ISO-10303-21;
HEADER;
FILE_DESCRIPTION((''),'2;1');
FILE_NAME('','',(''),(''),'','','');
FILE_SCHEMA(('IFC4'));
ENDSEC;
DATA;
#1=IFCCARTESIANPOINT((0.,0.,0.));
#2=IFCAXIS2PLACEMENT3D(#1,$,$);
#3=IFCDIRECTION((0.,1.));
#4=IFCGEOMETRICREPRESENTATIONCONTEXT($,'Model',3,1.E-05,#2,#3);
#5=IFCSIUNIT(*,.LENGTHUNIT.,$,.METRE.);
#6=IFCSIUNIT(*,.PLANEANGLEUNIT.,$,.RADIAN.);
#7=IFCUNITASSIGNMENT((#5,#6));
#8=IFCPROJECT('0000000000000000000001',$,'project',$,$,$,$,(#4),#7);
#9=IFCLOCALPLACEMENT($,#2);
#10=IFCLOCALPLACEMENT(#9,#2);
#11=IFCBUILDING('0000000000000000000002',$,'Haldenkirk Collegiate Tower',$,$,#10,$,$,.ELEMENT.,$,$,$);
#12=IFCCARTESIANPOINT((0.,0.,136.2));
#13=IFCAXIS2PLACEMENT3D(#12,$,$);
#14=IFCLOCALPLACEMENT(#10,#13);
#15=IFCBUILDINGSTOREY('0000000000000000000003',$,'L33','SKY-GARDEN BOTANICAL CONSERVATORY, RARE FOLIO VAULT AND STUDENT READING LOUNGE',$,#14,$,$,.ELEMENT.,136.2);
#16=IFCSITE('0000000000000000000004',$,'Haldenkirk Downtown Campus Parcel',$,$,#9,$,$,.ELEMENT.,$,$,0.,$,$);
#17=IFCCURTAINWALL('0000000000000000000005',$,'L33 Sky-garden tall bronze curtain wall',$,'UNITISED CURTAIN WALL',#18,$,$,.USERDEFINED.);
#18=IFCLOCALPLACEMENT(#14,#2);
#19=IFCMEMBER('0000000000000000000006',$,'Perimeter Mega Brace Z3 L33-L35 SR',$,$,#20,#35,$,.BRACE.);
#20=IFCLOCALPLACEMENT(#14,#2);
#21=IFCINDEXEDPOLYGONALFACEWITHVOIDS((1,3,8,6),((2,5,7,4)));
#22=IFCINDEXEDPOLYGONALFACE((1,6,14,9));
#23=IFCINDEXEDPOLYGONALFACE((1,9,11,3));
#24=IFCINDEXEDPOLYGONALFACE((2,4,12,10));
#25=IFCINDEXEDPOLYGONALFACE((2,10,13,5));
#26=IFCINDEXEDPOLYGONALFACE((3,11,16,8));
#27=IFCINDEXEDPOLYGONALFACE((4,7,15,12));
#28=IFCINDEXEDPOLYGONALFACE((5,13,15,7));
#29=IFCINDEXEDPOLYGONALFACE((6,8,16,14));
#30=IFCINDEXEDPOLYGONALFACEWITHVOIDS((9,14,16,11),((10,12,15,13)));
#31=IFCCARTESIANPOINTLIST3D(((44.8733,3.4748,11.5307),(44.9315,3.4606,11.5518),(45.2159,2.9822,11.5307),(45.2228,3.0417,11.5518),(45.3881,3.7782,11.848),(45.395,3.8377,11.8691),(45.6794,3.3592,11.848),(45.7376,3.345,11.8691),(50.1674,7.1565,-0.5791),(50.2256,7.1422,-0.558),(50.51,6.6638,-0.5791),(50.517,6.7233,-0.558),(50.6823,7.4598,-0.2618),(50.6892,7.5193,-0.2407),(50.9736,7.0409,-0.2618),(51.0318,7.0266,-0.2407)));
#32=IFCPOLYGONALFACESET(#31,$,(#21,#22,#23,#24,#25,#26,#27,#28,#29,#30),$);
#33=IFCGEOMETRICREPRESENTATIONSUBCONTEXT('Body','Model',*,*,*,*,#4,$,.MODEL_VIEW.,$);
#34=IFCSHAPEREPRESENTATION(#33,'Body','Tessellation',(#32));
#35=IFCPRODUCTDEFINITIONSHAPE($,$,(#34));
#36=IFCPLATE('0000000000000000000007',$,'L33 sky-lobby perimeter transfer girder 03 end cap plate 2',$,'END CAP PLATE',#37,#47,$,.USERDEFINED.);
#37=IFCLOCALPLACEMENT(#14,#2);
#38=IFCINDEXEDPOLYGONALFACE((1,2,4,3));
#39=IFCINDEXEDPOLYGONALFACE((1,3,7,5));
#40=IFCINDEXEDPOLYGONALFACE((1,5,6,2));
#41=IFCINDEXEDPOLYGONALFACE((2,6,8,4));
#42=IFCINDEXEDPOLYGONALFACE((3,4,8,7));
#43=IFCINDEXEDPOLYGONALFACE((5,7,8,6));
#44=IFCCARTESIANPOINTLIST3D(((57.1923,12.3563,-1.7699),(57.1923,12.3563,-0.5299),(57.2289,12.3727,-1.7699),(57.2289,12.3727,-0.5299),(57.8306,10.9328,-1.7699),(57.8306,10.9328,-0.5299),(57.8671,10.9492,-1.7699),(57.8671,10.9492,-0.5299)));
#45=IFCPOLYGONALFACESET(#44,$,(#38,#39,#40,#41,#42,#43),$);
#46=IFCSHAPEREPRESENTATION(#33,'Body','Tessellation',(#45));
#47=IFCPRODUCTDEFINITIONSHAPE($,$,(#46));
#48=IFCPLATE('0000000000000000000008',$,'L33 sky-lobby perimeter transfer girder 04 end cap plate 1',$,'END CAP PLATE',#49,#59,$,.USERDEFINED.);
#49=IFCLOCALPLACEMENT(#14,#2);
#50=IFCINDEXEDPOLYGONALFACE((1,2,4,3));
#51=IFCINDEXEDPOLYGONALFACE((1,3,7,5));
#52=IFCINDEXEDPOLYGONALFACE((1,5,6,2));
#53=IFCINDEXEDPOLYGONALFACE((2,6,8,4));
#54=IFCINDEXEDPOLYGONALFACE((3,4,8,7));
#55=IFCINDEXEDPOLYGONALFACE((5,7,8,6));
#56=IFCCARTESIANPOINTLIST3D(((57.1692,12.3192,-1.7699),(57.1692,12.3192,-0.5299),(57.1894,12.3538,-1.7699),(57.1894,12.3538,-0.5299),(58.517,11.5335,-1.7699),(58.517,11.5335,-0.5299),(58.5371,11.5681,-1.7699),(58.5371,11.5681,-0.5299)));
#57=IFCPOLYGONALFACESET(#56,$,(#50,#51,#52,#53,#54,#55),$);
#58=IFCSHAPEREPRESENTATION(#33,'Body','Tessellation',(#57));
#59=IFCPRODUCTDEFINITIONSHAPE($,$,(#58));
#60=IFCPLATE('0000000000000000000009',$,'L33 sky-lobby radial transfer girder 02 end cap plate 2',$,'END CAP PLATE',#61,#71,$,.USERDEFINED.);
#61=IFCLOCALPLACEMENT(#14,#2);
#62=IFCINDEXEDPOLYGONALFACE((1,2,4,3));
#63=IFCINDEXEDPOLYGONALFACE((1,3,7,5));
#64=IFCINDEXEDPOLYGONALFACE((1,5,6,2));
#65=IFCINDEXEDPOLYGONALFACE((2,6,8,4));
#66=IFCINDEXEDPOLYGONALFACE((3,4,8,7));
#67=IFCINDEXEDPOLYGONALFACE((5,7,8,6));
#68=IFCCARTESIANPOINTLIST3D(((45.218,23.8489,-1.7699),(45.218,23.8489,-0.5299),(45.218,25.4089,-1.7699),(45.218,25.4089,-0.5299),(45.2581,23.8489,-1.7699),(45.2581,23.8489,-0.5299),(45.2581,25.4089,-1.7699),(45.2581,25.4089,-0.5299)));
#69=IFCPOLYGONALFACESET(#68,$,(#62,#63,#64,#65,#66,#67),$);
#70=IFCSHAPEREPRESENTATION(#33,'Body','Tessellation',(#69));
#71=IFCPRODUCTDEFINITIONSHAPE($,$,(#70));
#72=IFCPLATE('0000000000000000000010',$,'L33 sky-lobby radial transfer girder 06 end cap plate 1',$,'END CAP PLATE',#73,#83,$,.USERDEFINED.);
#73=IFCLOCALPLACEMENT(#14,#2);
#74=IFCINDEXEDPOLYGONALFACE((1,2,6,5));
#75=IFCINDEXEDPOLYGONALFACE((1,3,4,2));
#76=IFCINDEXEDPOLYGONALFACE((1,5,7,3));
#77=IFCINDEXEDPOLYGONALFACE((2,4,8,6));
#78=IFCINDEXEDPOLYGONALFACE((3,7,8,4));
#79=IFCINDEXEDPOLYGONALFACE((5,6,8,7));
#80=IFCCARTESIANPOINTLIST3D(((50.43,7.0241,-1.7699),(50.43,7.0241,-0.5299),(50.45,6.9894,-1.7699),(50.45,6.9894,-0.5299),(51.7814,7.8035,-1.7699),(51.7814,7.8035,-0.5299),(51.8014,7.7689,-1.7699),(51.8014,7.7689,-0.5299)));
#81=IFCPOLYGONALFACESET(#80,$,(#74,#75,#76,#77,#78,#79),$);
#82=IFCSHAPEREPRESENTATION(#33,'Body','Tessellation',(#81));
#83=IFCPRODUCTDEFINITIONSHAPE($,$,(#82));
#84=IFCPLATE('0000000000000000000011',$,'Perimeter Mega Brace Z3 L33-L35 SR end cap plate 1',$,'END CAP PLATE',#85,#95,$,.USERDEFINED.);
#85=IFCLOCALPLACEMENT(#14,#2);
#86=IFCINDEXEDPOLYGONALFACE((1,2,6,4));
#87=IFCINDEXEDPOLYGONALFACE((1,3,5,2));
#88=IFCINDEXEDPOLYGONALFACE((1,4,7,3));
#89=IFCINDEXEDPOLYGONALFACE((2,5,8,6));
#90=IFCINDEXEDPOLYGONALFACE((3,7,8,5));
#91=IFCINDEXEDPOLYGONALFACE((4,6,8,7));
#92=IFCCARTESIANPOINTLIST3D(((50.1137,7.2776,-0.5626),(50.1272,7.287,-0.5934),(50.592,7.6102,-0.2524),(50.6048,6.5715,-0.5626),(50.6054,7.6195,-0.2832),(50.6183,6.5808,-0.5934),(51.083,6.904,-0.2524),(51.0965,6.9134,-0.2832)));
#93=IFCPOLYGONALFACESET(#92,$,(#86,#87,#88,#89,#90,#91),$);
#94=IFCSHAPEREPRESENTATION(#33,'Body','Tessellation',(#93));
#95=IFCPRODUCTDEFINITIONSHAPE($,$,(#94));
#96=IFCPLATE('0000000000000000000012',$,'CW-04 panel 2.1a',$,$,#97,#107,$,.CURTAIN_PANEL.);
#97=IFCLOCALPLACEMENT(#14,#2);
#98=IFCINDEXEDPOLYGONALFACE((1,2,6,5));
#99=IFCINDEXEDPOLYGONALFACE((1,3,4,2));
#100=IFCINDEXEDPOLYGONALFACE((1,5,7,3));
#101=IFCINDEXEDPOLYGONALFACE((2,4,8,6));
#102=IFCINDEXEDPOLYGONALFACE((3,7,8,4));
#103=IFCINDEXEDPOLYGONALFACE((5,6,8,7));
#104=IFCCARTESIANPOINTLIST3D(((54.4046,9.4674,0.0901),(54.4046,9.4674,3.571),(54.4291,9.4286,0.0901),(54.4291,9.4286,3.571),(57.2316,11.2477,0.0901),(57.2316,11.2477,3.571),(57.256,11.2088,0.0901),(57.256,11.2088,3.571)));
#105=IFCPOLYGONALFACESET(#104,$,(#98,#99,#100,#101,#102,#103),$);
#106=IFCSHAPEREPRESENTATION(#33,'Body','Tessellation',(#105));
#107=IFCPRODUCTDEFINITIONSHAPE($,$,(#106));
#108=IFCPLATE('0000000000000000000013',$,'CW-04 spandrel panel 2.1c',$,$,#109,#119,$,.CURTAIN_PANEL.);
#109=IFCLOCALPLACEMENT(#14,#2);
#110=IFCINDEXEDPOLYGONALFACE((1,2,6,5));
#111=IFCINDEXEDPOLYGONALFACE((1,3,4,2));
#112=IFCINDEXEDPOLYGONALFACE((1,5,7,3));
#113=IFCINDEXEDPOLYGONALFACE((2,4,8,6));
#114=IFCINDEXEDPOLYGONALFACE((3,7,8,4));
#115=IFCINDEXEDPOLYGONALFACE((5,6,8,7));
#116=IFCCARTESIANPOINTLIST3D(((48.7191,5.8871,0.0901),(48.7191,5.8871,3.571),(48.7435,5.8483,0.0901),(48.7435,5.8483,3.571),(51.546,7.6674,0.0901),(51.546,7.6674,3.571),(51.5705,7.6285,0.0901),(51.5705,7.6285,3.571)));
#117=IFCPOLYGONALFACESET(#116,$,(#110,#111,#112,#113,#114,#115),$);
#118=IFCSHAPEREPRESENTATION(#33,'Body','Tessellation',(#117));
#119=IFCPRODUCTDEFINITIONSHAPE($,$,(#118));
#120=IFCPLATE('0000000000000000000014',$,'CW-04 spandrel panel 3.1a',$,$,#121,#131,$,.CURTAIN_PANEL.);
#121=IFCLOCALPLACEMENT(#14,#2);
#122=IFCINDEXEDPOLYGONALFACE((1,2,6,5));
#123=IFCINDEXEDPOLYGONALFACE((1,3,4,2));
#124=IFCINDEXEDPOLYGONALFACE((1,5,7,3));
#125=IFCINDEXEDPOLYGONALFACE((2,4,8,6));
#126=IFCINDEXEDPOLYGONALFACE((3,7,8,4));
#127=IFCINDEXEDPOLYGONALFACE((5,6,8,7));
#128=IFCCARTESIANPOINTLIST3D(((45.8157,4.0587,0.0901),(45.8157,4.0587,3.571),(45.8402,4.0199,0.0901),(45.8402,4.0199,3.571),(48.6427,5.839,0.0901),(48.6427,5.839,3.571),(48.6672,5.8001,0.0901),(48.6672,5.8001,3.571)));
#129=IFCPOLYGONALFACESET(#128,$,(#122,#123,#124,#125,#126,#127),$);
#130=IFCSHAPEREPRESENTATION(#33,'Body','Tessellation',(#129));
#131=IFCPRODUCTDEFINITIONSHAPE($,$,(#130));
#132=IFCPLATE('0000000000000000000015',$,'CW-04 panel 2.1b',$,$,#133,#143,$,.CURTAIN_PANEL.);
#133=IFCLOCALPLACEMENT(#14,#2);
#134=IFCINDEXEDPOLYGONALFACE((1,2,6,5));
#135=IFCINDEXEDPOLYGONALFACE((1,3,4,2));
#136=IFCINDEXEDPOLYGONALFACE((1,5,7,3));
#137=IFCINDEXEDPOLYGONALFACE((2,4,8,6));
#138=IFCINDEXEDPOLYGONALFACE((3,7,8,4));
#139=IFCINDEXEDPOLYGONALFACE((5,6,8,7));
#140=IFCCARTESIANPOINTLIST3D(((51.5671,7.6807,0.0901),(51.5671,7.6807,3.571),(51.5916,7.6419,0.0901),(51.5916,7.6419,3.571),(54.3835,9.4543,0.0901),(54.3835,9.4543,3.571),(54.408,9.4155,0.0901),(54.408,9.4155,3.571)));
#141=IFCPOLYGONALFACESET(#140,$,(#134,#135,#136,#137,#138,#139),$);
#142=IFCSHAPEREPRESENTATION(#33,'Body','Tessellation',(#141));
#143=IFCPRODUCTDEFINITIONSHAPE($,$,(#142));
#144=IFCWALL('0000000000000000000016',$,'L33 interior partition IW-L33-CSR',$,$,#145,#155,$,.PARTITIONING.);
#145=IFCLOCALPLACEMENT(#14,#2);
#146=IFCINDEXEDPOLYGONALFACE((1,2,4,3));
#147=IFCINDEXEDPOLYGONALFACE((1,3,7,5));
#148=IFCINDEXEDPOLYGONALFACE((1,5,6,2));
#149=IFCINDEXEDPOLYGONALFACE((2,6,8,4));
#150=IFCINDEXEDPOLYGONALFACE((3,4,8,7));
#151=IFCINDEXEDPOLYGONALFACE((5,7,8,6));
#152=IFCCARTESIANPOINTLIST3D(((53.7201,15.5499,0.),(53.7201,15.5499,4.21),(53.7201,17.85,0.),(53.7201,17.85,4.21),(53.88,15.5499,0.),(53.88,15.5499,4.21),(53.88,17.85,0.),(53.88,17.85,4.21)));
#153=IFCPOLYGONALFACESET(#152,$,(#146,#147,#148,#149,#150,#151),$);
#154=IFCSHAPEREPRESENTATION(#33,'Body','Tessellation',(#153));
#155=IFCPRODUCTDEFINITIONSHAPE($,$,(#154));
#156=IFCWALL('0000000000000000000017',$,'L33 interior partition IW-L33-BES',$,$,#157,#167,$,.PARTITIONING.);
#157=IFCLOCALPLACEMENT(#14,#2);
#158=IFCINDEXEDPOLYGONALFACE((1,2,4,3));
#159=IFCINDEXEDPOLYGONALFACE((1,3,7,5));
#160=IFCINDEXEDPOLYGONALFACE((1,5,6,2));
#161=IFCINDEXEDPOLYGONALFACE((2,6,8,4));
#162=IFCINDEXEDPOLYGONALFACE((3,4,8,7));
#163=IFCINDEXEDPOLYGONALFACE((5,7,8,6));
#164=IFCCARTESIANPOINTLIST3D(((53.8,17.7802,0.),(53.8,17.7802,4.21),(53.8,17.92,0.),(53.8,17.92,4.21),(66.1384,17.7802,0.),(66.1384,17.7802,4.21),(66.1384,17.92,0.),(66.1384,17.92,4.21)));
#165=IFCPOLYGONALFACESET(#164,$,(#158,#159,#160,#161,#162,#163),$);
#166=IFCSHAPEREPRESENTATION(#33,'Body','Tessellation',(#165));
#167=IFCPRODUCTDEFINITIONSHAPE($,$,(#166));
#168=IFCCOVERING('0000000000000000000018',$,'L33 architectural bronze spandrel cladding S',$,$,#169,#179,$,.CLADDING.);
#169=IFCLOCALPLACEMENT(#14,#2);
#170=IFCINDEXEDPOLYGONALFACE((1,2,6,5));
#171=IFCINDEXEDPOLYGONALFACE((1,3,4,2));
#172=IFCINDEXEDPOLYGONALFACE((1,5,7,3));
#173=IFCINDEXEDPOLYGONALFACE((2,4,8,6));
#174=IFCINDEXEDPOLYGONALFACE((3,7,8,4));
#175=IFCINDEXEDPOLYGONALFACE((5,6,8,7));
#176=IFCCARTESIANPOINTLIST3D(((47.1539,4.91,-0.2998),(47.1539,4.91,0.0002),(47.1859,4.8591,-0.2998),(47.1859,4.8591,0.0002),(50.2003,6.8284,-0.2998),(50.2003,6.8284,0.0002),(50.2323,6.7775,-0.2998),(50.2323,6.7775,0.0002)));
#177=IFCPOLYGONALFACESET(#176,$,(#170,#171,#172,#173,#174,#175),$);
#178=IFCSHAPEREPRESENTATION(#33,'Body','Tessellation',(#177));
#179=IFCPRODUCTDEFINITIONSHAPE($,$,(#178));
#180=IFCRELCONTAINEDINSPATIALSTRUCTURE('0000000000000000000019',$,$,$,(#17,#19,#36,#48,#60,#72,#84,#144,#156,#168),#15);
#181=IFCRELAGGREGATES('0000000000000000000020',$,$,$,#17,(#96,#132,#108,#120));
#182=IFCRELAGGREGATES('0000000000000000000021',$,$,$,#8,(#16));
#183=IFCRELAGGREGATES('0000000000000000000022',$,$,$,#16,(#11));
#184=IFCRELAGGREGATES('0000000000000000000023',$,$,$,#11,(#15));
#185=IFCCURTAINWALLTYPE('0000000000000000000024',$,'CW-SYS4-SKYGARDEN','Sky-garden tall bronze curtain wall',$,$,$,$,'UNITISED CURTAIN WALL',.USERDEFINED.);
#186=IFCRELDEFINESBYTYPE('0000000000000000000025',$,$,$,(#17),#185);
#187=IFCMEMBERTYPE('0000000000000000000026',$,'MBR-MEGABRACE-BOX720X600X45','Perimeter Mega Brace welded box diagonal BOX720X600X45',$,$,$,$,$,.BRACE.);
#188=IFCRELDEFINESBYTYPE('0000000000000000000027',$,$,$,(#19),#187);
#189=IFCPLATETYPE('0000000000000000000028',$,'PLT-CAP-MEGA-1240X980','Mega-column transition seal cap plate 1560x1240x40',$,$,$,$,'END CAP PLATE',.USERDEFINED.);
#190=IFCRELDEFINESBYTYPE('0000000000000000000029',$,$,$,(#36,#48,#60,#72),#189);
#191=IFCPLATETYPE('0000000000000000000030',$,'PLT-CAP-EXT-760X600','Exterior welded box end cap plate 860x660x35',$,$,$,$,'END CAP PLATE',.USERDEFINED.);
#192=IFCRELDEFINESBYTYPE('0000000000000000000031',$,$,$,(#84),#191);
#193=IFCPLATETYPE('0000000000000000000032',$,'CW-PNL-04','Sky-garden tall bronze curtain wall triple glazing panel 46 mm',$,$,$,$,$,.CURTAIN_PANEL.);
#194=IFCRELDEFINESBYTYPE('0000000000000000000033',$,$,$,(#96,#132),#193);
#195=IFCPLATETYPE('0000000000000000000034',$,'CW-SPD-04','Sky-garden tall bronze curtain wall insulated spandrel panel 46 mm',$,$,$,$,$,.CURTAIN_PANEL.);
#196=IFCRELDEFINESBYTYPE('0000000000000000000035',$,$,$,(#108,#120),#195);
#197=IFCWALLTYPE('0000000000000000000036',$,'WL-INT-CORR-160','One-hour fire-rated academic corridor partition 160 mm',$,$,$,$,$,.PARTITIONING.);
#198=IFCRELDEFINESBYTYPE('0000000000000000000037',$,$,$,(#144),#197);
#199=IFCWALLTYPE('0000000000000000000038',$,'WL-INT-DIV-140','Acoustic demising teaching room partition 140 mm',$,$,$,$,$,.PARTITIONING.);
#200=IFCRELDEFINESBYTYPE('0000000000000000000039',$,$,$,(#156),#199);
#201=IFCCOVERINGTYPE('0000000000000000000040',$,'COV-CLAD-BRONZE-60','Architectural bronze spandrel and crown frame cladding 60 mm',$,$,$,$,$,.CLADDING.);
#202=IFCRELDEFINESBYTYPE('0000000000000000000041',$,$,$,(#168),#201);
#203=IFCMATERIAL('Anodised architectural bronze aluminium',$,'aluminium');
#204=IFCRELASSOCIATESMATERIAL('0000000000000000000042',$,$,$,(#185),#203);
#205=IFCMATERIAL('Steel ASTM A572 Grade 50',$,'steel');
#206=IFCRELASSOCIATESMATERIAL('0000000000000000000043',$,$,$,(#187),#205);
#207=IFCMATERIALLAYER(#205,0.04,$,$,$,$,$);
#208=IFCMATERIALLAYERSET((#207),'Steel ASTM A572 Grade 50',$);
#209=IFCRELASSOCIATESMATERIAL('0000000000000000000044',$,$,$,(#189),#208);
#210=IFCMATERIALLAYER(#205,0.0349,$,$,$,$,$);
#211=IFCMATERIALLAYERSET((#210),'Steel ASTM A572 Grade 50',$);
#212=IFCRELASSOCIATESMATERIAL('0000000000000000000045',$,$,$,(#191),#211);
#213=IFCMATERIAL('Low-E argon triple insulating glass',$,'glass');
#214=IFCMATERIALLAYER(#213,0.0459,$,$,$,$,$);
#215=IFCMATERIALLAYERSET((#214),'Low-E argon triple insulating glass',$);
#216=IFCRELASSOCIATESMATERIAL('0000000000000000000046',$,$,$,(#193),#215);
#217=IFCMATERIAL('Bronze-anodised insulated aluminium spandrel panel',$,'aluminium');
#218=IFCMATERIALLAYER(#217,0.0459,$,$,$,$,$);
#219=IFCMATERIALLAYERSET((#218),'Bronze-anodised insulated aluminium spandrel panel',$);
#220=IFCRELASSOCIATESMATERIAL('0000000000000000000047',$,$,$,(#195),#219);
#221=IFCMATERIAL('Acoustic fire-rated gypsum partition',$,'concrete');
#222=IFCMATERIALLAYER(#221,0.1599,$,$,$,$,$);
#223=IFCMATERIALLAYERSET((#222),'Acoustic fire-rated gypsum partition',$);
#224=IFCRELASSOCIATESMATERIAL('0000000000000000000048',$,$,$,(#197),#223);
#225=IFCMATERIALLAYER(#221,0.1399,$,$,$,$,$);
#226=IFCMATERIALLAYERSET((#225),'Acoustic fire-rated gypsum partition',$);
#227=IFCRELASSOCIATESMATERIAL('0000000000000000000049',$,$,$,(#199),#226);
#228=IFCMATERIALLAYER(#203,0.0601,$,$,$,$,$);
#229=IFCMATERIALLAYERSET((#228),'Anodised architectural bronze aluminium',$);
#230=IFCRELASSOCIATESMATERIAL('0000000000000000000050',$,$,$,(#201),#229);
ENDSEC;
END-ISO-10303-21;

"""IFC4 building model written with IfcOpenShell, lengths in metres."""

from ifc_helpers import new_model, si_unit, direction, frame, frame_2d, origin, origin_2d, place, context, subcontext, project, spatial, rectangle, hollow_rectangle, extrude, source, transform, mapped, material, layer, layer_set, material_profile, profile_set, type_object, element, aggregate, save


model = new_model("IFC4")

# Units and contexts
model_context = context("Model", 3, precision=1e-05, world=origin(), true_north=direction((0.0, 1.0)))
body_context = subcontext(model_context, "Body", "Model", "MODEL_VIEW")
ifc_project = project(units=[si_unit("LENGTHUNIT", "METRE"), si_unit("PLANEANGLEUNIT", "RADIAN")], contexts=[model_context])

# Site, building, storey
site_placement = place(None, origin())
site = spatial("IfcSite", under=ifc_project, at=site_placement, Name="Haldenkirk Downtown Campus Parcel", CompositionType="ELEMENT", RefElevation=0.0)
building_placement = place(site_placement, origin())
building = spatial("IfcBuilding", under=site, at=building_placement, Name="Haldenkirk Collegiate Tower", CompositionType="ELEMENT")
storey_placement = place(building_placement, frame((0.0, 0.0, 136.2)))
storey = spatial("IfcBuildingStorey", under=building, at=storey_placement, Name="L33", Description="SKY-GARDEN BOTANICAL CONSERVATORY, RARE FOLIO VAULT AND STUDENT READING LOUNGE", CompositionType="ELEMENT", Elevation=136.2)

# Shared definitions
ifc_material_1 = material(Name="Steel ASTM A572 Grade 50", Category="steel")

# Curtain wall
ifc_material_2 = material(Name="Anodised architectural bronze aluminium", Category="aluminium")
curtain_wall_type = type_object("IfcCurtainWallType", Name="CW-SYS4-SKYGARDEN", Description="Sky-garden tall bronze curtain wall", ElementType="UNITISED CURTAIN WALL", PredefinedType="USERDEFINED", material=ifc_material_2)
curtain_wall_placement = place(storey_placement, origin())
curtain_wall = element("IfcCurtainWall", 1, at=curtain_wall_placement, inside=storey, type_object=curtain_wall_type, Name="L33 Sky-garden tall bronze curtain wall", ObjectType="UNITISED CURTAIN WALL", PredefinedType="USERDEFINED")

# Member
ifc_material_profile_1 = material_profile(ifc_material_1, hollow_rectangle(XDim=0.6001, YDim=0.72, WallThickness=0.0449, at=origin_2d()), Name="BOX720X600X45")
ifc_profile_set_1 = profile_set([ifc_material_profile_1], Name="Steel ASTM A572 Grade 50")
member_type_1 = type_object("IfcMemberType", Name="MBR-MEGABRACE-BOX720X600X45", Description="Perimeter Mega Brace welded box diagonal BOX720X600X45", PredefinedType="BRACE", material=ifc_profile_set_1)
member_1_placement = place(storey_placement, frame((50.5996, 7.0916, -0.4099), z_axis=(-0.385881, -0.268346, 0.882659), x_axis=(0.570931, -0.820998, 0.0)))
element("IfcMember", 2, at=member_1_placement, inside=storey, type_object=member_type_1, Name="Perimeter Mega Brace Z3 L33-L35 SR", PredefinedType="BRACE", context=body_context, shape_type="SweptSolid", body=[
    extrude(hollow_rectangle(XDim=0.6001, YDim=0.72, WallThickness=0.0449, at=origin_2d()), origin(), (0.0, 0.0, 1.0), 13.7197),
])

# Plates
ifc_layer_1 = layer(ifc_material_1, 0.04)
ifc_layer_set_1 = layer_set([ifc_layer_1], Name="Steel ASTM A572 Grade 50")
plate_type_1 = type_object("IfcPlateType", Name="PLT-CAP-MEGA-1240X980", Description="Mega-column transition seal cap plate 1560x1240x40", ElementType="END CAP PLATE", PredefinedType="USERDEFINED", material=ifc_layer_set_1)
shared_shape_1 = source(origin(), body_context, "Body", "SweptSolid", [
    extrude(rectangle(XDim=1.5601, YDim=1.24, at=origin_2d()), origin(), (0.0, 0.0, 1.0), 0.04),
])
for number, where, z_axis, x_axis, name in (
    (3, (57.5115, 11.6445, -1.1499), (0.912473, 0.409137, 0.0), (-0.409137, 0.912473, 0.0), "L33 sky-lobby perimeter transfer girder 03 end cap plate 2"),
    (4, (57.8633, 11.9609, -1.1499), (-0.503663, -0.8639, 0.0), (0.8639, -0.503663, 0.0), "L33 sky-lobby perimeter transfer girder 04 end cap plate 1"),
    (5, (45.2581, 24.6289, -1.1499), (-1.0, 0.0, 0.0), (0.0, -1.0, 0.0), "L33 sky-lobby radial transfer girder 02 end cap plate 2"),
    (6, (51.1057, 7.4138, -1.1499), (0.499627, -0.866241, 0.0), (0.866241, 0.499627, 0.0), "L33 sky-lobby radial transfer girder 06 end cap plate 1"),
):
    element("IfcPlate", number, at=place(storey_placement, frame(where, z_axis=z_axis, x_axis=x_axis)), inside=storey, type_object=plate_type_1, Name=name, ObjectType="END CAP PLATE", PredefinedType="USERDEFINED", context=body_context, shape_type="MappedRepresentation", body=[
        mapped(shared_shape_1, transform((0.0, 0.0, 0.0), x_axis=(1.0, 0.0, 0.0), y_axis=(0.0, 1.0, 0.0), z_axis=(0.0, 0.0, 1.0), scale=1.0)),
    ])
ifc_layer_2 = layer(ifc_material_1, 0.0349)
ifc_layer_set_2 = layer_set([ifc_layer_2], Name="Steel ASTM A572 Grade 50")
plate_type_2 = type_object("IfcPlateType", Name="PLT-CAP-EXT-760X600", Description="Exterior welded box end cap plate 860x660x35", ElementType="END CAP PLATE", PredefinedType="USERDEFINED", material=ifc_layer_set_2)
shared_shape_2 = source(origin(), body_context, "Body", "SweptSolid", [
    extrude(rectangle(XDim=0.8601, YDim=0.6599, at=origin_2d()), origin(), (0.0, 0.0, 1.0), 0.0349),
])
plate_1_placement = place(storey_placement, frame((50.5984, 7.0908, -0.4075), z_axis=(0.385878, 0.268347, -0.88266), x_axis=(-0.570937, 0.820994, -0.000001)))
element("IfcPlate", 7, at=plate_1_placement, inside=storey, type_object=plate_type_2, Name="Perimeter Mega Brace Z3 L33-L35 SR end cap plate 1", ObjectType="END CAP PLATE", PredefinedType="USERDEFINED", context=body_context, shape_type="MappedRepresentation", body=[
    mapped(shared_shape_2, transform((0.0, 0.0, 0.0), x_axis=(1.0, 0.0, 0.0), y_axis=(0.0, 1.0, 0.0), z_axis=(0.0, 0.0, 1.0), scale=1.0)),
])

# Plates
ifc_material_3 = material(Name="Low-E argon triple insulating glass", Category="glass")
ifc_layer_3 = layer(ifc_material_3, 0.0459)
ifc_layer_set_3 = layer_set([ifc_layer_3], Name="Low-E argon triple insulating glass")
plate_type_3 = type_object("IfcPlateType", Name="CW-PNL-04", Description="Sky-garden tall bronze curtain wall triple glazing panel 46 mm", PredefinedType="CURTAIN_PANEL", material=ifc_layer_set_3)
shared_shape_3 = source(origin(), body_context, "Body", "SweptSolid", [
    extrude(rectangle(XDim=3.3408, YDim=0.0459, at=origin_2d()), origin(), (0.0, 0.0, 1.0), 3.481),
])
plate_2_placement = place(storey_placement, frame((55.8303, 10.3381, 0.0901), z_axis=(0.0, 0.0, 1.0), x_axis=(-0.846194, -0.532875, 0.0)))
plate_2 = element("IfcPlate", 8, at=plate_2_placement, type_object=plate_type_3, Name="CW-04 panel 2.1a", PredefinedType="CURTAIN_PANEL", context=body_context, shape_type="MappedRepresentation", body=[
    mapped(shared_shape_3, transform((0.0, 0.0, 0.0), x_axis=(1.0, 0.0, 0.0), y_axis=(0.0, 1.0, 0.0), z_axis=(0.0, 0.0, 1.0), scale=1.0)),
])
ifc_material_4 = material(Name="Bronze-anodised insulated aluminium spandrel panel", Category="aluminium")
ifc_layer_4 = layer(ifc_material_4, 0.0459)
ifc_layer_set_4 = layer_set([ifc_layer_4], Name="Bronze-anodised insulated aluminium spandrel panel")
plate_type_4 = type_object("IfcPlateType", Name="CW-SPD-04", Description="Sky-garden tall bronze curtain wall insulated spandrel panel 46 mm", PredefinedType="CURTAIN_PANEL", material=ifc_layer_set_4)
plate_3_placement = place(storey_placement, frame((50.1448, 6.7578, 0.0901), z_axis=(0.0, 0.0, 1.0), x_axis=(-0.846194, -0.532875, 0.0)))
plate_3 = element("IfcPlate", 9, at=plate_3_placement, type_object=plate_type_4, Name="CW-04 spandrel panel 2.1c", PredefinedType="CURTAIN_PANEL", context=body_context, shape_type="MappedRepresentation", body=[
    mapped(shared_shape_3, transform((0.0, 0.0, 0.0), x_axis=(1.0, 0.0, 0.0), y_axis=(0.0, 1.0, 0.0), z_axis=(0.0, 0.0, 1.0), scale=1.0)),
])
plate_4_placement = place(storey_placement, frame((47.2415, 4.9294, 0.0901), z_axis=(0.0, 0.0, 1.0), x_axis=(-0.846194, -0.532875, 0.0)))
plate_4 = element("IfcPlate", 10, at=plate_4_placement, type_object=plate_type_4, Name="CW-04 spandrel panel 3.1a", PredefinedType="CURTAIN_PANEL", context=body_context, shape_type="MappedRepresentation", body=[
    mapped(shared_shape_3, transform((0.0, 0.0, 0.0), x_axis=(1.0, 0.0, 0.0), y_axis=(0.0, 1.0, 0.0), z_axis=(0.0, 0.0, 1.0), scale=1.0)),
])
shared_shape_4 = source(origin(), body_context, "Body", "SweptSolid", [
    extrude(rectangle(XDim=3.3284, YDim=0.0459, at=origin_2d()), origin(), (0.0, 0.0, 1.0), 3.481),
])
plate_5_placement = place(storey_placement, frame((52.9875, 8.5481, 0.0901), z_axis=(0.0, 0.0, 1.0), x_axis=(-0.846194, -0.532875, 0.0)))
plate_5 = element("IfcPlate", 11, at=plate_5_placement, type_object=plate_type_3, Name="CW-04 panel 2.1b", PredefinedType="CURTAIN_PANEL", context=body_context, shape_type="MappedRepresentation", body=[
    mapped(shared_shape_4, transform((0.0, 0.0, 0.0), x_axis=(1.0, 0.0, 0.0), y_axis=(0.0, 1.0, 0.0), z_axis=(0.0, 0.0, 1.0), scale=1.0)),
])
aggregate(curtain_wall, [plate_2, plate_5, plate_3, plate_4])

# Walls
ifc_material_5 = material(Name="Acoustic fire-rated gypsum partition", Category="concrete")
ifc_layer_5 = layer(ifc_material_5, 0.1599)
ifc_layer_set_5 = layer_set([ifc_layer_5], Name="Acoustic fire-rated gypsum partition")
wall_type_1 = type_object("IfcWallType", Name="WL-INT-CORR-160", Description="One-hour fire-rated academic corridor partition 160 mm", PredefinedType="PARTITIONING", material=ifc_layer_set_5)
wall_1_placement = place(storey_placement, frame((53.8, 15.55, 0.0), z_axis=(0.0, 0.0, 1.0), x_axis=(0.0, 1.0, 0.0)))
element("IfcWall", 12, at=wall_1_placement, inside=storey, type_object=wall_type_1, Name="L33 interior partition IW-L33-CSR", PredefinedType="PARTITIONING", context=body_context, shape_type="SweptSolid", body=[
    extrude(rectangle(XDim=2.3, YDim=0.1599, at=frame_2d((1.1499, 0.0))), origin(), (0.0, 0.0, 1.0), 4.21),
])
ifc_layer_6 = layer(ifc_material_5, 0.1399)
ifc_layer_set_6 = layer_set([ifc_layer_6], Name="Acoustic fire-rated gypsum partition")
wall_type_2 = type_object("IfcWallType", Name="WL-INT-DIV-140", Description="Acoustic demising teaching room partition 140 mm", PredefinedType="PARTITIONING", material=ifc_layer_set_6)
wall_2_placement = place(storey_placement, frame((53.8, 17.8501, 0.0), z_axis=(0.0, 0.0, 1.0), x_axis=(1.0, 0.0, 0.0)))
element("IfcWall", 13, at=wall_2_placement, inside=storey, type_object=wall_type_2, Name="L33 interior partition IW-L33-BES", PredefinedType="PARTITIONING", context=body_context, shape_type="SweptSolid", body=[
    extrude(rectangle(XDim=12.3384, YDim=0.1399, at=frame_2d((6.1692, 0.0))), origin(), (0.0, 0.0, 1.0), 4.21),
])

# Covering
ifc_layer_7 = layer(ifc_material_2, 0.0601)
ifc_layer_set_7 = layer_set([ifc_layer_7], Name="Anodised architectural bronze aluminium")
covering_type = type_object("IfcCoveringType", Name="COV-CLAD-BRONZE-60", Description="Architectural bronze spandrel and crown frame cladding 60 mm", PredefinedType="CLADDING", material=ifc_layer_set_7)
shared_shape_5 = source(origin(), body_context, "Body", "SweptSolid", [
    extrude(rectangle(XDim=3.6001, YDim=0.0601, at=origin_2d()), origin(), (0.0, 0.0, 1.0), 0.3),
])
covering_placement = place(storey_placement, frame((48.6931, 5.8438, -0.2998), z_axis=(0.0, 0.0, 1.0), x_axis=(-0.846193, -0.532876, 0.0)))
element("IfcCovering", 14, at=covering_placement, inside=storey, type_object=covering_type, Name="L33 architectural bronze spandrel cladding S", PredefinedType="CLADDING", context=body_context, shape_type="MappedRepresentation", body=[
    mapped(shared_shape_5, transform((0.0, 0.0, 0.0), x_axis=(1.0, 0.0, 0.0), y_axis=(0.0, 1.0, 0.0), z_axis=(0.0, 0.0, 1.0), scale=1.0)),
])

save(model, "model.ifc")
